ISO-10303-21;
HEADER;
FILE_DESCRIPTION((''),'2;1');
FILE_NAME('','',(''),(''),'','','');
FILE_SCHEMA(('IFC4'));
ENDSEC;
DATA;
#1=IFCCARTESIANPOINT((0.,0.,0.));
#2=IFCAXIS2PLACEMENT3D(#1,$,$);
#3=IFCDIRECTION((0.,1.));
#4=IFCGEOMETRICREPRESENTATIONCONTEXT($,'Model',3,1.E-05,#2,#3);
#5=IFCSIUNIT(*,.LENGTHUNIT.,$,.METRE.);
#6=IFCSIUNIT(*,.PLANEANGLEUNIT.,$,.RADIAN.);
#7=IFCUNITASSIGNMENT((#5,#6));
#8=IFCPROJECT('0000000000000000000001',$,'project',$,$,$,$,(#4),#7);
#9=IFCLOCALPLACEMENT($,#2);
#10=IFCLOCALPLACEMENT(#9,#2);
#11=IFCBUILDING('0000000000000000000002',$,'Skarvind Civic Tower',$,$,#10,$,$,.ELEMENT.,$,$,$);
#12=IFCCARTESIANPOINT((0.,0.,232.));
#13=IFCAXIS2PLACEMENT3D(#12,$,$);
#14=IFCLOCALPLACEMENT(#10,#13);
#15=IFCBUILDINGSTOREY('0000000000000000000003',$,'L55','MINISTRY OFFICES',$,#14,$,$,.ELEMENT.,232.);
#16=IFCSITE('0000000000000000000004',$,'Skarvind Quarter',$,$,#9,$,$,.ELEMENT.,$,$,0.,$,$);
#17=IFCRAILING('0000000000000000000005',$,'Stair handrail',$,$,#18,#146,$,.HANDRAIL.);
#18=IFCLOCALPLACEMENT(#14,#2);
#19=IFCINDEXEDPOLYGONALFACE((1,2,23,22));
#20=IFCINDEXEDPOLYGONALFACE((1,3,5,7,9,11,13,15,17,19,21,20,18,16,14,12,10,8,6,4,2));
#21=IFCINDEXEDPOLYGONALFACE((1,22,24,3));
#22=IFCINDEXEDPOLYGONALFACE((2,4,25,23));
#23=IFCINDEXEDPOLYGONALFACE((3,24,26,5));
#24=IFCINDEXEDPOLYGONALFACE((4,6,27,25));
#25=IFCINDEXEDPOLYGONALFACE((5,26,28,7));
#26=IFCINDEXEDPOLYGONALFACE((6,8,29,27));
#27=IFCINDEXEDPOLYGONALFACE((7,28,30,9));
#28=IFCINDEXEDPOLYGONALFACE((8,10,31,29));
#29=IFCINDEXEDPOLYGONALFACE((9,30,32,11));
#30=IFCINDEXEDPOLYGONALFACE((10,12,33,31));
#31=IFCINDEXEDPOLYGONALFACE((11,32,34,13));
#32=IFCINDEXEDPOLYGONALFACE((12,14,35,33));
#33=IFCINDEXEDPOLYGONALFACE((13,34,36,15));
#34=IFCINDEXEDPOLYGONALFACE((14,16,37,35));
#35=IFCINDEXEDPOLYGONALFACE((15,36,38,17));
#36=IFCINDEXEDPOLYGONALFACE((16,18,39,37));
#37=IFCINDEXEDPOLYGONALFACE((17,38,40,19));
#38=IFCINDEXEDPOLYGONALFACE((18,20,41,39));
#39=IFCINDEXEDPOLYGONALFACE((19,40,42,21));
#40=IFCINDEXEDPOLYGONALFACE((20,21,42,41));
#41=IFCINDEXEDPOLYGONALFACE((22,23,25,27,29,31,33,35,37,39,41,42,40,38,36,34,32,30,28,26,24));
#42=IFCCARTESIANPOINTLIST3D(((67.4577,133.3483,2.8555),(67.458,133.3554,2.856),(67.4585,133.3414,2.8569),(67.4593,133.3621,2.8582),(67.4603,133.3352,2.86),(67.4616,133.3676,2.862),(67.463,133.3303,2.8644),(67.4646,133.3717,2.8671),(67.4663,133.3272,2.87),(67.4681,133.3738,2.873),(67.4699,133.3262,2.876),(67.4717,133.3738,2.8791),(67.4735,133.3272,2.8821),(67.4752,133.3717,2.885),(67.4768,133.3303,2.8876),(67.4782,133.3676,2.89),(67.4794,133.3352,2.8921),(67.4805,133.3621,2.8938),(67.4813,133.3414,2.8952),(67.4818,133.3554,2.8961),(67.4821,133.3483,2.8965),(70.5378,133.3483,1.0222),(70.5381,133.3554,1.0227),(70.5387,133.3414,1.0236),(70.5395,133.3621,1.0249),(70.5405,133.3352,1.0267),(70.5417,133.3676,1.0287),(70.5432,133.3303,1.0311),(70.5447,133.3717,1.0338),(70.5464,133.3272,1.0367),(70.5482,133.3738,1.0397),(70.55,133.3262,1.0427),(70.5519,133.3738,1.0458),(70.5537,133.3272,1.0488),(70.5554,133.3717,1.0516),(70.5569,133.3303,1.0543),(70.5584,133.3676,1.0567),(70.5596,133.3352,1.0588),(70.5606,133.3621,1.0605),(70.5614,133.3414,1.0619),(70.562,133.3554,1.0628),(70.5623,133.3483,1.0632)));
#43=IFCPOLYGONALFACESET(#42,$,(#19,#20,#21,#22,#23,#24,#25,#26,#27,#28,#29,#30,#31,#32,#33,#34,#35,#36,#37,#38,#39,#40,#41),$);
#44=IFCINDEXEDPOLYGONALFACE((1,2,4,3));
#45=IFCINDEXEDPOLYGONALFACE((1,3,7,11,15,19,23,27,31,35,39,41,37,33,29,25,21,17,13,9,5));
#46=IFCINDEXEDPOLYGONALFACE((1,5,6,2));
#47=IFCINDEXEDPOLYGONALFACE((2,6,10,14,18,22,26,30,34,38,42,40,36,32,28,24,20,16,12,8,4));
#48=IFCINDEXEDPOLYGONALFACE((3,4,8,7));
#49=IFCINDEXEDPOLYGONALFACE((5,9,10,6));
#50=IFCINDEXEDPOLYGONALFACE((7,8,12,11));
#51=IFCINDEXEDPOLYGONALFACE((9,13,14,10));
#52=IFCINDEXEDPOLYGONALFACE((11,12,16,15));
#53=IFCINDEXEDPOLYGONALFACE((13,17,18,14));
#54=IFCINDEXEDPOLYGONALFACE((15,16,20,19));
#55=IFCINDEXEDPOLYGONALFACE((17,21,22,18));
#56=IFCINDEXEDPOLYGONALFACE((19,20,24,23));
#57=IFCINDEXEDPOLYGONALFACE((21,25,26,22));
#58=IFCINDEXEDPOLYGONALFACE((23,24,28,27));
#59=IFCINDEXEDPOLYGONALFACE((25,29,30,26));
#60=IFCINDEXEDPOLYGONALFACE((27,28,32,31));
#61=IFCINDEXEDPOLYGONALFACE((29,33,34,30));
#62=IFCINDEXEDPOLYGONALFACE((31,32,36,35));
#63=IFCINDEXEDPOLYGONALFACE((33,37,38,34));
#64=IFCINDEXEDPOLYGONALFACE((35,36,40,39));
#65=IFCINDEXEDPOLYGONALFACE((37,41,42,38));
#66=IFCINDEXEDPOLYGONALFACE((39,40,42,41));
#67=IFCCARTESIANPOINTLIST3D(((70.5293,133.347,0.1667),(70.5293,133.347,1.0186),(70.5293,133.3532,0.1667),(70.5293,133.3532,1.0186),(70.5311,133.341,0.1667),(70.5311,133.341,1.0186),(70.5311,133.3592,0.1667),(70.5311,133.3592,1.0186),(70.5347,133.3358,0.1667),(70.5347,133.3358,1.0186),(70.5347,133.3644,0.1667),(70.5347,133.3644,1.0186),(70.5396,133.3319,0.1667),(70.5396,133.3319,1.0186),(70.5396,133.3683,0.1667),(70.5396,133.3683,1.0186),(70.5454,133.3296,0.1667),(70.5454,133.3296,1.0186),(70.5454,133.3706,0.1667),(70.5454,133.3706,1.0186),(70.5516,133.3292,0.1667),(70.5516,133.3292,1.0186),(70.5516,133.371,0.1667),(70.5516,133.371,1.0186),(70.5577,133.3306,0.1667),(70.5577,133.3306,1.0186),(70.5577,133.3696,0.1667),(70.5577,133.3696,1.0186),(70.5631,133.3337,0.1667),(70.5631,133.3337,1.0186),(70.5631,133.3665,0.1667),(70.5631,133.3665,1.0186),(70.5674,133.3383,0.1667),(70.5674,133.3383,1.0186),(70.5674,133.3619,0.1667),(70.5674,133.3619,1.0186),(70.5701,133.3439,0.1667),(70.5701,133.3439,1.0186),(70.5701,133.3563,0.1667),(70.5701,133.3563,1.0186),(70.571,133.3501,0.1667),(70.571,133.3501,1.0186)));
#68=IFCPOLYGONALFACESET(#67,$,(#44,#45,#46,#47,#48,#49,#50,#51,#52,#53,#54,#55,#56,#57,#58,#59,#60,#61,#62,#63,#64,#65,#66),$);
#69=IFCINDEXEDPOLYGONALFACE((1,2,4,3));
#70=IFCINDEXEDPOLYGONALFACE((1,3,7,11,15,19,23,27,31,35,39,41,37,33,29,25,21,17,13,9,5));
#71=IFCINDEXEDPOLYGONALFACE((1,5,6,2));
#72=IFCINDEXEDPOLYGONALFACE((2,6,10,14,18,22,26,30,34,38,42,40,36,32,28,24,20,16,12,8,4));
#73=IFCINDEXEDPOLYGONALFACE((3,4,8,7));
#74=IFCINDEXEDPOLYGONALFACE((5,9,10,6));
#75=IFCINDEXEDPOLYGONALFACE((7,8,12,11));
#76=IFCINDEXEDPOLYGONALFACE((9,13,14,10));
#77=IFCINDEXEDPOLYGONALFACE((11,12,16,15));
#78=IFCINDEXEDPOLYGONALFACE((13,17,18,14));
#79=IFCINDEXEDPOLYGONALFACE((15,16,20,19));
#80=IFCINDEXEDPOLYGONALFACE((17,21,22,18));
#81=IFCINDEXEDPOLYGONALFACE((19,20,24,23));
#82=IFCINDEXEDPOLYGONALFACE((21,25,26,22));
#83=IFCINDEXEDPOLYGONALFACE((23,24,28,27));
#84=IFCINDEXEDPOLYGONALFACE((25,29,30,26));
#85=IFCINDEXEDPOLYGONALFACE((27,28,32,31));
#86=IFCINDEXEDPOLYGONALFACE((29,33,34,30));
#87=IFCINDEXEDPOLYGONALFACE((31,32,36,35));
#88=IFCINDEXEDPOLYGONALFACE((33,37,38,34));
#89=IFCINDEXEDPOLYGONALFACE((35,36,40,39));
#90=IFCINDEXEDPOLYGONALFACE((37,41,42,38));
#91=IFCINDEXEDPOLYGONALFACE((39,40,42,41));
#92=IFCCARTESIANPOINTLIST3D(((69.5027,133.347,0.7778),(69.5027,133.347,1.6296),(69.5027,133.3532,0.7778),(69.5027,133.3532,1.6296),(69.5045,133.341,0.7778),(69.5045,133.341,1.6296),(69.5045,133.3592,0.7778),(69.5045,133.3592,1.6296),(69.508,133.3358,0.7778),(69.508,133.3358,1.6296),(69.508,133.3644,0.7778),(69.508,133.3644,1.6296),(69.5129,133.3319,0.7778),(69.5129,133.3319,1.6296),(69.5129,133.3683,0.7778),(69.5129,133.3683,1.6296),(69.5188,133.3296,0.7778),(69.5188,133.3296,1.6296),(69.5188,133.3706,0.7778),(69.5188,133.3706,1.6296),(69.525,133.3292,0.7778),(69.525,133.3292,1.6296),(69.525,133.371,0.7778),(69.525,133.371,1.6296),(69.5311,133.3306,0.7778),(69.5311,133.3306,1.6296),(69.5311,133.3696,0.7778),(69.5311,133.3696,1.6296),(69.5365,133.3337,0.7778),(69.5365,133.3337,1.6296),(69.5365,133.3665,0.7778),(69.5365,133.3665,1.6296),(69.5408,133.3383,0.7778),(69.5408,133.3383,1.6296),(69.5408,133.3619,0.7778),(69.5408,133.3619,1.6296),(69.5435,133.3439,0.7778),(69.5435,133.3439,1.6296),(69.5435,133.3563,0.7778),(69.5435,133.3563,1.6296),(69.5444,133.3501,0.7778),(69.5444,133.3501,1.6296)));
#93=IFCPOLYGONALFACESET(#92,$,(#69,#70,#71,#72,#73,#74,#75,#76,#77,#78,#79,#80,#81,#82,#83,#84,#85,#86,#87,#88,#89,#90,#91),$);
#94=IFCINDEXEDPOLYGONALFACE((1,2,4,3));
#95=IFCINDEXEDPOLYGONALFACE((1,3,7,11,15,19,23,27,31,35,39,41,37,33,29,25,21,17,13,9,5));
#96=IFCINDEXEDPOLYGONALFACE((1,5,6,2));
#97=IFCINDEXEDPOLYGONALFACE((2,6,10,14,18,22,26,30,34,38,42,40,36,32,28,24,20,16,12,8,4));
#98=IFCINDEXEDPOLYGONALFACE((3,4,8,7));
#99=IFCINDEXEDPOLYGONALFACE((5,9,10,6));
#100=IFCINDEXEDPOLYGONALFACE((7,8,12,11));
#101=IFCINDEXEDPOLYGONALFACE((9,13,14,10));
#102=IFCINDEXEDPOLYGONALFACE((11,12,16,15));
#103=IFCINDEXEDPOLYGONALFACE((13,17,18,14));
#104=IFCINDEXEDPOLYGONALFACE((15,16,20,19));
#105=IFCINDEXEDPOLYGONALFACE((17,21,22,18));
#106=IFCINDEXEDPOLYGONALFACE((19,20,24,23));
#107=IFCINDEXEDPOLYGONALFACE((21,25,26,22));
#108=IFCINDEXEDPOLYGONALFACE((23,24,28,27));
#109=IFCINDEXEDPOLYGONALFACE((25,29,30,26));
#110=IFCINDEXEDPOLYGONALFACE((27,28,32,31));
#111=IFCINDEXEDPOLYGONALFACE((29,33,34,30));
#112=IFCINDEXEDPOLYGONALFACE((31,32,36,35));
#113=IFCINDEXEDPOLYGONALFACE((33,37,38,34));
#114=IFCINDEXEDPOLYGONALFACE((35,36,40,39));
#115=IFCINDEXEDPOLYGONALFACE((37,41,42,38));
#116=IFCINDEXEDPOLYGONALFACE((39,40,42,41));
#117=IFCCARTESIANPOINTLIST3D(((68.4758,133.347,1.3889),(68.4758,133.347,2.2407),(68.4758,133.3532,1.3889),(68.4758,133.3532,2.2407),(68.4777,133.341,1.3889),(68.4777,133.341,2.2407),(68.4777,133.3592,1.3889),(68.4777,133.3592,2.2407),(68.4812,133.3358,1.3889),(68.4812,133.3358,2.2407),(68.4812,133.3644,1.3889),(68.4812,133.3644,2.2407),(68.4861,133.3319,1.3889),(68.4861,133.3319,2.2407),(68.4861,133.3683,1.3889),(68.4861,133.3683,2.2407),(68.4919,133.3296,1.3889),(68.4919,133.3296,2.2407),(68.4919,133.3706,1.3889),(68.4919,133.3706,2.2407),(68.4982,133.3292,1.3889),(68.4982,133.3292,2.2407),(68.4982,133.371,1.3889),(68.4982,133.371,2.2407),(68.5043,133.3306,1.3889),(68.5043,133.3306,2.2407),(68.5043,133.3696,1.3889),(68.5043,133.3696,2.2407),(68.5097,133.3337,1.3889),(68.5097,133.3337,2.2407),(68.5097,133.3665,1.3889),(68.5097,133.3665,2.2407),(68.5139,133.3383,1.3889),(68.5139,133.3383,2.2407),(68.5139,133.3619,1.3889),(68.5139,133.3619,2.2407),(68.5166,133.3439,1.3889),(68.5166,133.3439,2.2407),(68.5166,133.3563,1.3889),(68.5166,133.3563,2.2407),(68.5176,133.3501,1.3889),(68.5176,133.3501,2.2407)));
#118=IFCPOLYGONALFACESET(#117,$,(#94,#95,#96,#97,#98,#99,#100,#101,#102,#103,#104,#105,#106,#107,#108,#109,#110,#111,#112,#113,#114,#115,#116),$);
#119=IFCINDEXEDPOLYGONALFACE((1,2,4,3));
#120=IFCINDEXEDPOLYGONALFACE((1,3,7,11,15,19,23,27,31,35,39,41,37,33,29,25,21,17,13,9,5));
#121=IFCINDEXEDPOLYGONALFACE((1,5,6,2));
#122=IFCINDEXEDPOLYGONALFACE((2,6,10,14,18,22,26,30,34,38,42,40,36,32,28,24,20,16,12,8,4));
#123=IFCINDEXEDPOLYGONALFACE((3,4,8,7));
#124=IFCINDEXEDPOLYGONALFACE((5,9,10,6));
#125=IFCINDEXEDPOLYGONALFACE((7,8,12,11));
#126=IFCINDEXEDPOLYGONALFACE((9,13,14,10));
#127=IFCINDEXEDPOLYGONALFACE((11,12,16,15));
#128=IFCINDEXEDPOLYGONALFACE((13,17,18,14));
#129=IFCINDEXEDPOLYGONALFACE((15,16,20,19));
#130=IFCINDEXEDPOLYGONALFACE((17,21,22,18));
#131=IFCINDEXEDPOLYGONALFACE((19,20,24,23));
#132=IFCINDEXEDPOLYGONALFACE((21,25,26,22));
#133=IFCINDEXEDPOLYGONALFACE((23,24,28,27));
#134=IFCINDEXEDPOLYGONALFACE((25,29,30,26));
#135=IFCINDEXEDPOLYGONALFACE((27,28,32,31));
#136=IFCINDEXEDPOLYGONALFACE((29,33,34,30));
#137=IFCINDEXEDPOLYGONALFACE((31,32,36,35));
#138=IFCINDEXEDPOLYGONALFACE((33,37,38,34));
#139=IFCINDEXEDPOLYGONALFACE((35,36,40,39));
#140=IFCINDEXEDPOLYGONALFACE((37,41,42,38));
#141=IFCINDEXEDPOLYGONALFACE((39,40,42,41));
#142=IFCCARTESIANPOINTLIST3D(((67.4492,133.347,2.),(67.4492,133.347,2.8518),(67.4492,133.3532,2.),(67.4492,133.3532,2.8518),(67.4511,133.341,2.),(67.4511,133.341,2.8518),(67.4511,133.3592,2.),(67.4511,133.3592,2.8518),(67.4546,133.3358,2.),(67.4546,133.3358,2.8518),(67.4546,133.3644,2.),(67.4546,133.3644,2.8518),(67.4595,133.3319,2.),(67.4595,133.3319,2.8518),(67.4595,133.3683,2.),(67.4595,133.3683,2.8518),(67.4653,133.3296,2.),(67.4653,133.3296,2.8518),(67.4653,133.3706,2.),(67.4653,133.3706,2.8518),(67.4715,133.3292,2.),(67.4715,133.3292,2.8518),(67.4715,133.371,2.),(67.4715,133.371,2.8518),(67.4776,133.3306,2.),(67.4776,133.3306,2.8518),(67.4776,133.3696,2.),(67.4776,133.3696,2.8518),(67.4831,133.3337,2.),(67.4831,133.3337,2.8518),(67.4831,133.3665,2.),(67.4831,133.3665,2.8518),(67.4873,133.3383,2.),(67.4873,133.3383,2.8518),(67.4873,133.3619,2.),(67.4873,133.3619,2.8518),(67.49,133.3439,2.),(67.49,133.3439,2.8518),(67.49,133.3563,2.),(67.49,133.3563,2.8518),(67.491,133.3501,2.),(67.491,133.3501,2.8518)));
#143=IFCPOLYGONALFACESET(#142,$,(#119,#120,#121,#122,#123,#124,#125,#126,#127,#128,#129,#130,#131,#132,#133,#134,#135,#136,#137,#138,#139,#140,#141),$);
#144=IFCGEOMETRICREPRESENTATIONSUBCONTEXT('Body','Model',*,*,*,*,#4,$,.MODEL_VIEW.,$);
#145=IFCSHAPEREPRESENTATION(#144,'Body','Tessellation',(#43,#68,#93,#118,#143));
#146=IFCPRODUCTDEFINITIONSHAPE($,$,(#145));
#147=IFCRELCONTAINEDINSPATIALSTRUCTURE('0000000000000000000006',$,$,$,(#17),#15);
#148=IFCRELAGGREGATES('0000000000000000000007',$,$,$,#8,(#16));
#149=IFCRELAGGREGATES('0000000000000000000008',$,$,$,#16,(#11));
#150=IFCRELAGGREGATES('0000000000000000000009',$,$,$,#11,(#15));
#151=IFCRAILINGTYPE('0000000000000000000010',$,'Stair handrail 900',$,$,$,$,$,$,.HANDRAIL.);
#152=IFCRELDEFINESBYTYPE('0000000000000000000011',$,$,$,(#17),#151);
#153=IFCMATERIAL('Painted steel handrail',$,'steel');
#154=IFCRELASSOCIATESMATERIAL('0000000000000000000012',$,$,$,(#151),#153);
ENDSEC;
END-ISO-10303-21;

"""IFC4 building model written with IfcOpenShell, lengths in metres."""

from ifc_helpers import new_model, si_unit, direction, frame, origin, origin_2d, place, context, subcontext, project, spatial, circle, extrude, material, type_object, element, save


model = new_model("IFC4")

# Units and contexts
model_context = context("Model", 3, precision=1e-05, world=origin(), true_north=direction((0.0, 1.0)))
body_context = subcontext(model_context, "Body", "Model", "MODEL_VIEW")
ifc_project = project(units=[si_unit("LENGTHUNIT", "METRE"), si_unit("PLANEANGLEUNIT", "RADIAN")], contexts=[model_context])

# Site, building, storey
site_placement = place(None, origin())
site = spatial("IfcSite", under=ifc_project, at=site_placement, Name="Skarvind Quarter", CompositionType="ELEMENT", RefElevation=0.0)
building_placement = place(site_placement, origin())
building = spatial("IfcBuilding", under=site, at=building_placement, Name="Skarvind Civic Tower", CompositionType="ELEMENT")
storey_placement = place(building_placement, frame((0.0, 0.0, 232.0)))
storey = spatial("IfcBuildingStorey", under=building, at=storey_placement, Name="L55", Description="MINISTRY OFFICES", CompositionType="ELEMENT", Elevation=232.0)

# Railing
ifc_material_1 = material(Name="Painted steel handrail", Category="steel")
railing_type = type_object("IfcRailingType", Name="Stair handrail 900", PredefinedType="HANDRAIL", material=ifc_material_1)
railing_1_placement = place(storey_placement, frame((70.55, 133.3501, 0.1667)))
element("IfcRailing", 1, at=railing_1_placement, inside=storey, type_object=railing_type, Name="Stair handrail", PredefinedType="HANDRAIL", context=body_context, shape_type="SweptSolid", body=[
    extrude(circle(Radius=0.0239, at=origin_2d()), frame((0.0, 0.0, 0.876), z_axis=(-0.859309, 0.0, 0.511458), x_axis=(0.0, -1.0, 0.0)), (0.0, 0.0, 1.0), 3.5845),
    extrude(circle(Radius=0.021, at=origin_2d()), origin(), (0.0, 0.0, 1.0), 0.8518),
    extrude(circle(Radius=0.021, at=origin_2d()), frame((-1.0266, 0.0, 0.6111)), (0.0, 0.0, 1.0), 0.8518),
    extrude(circle(Radius=0.021, at=origin_2d()), frame((-2.0535, 0.0, 1.2222)), (0.0, 0.0, 1.0), 0.8518),
    extrude(circle(Radius=0.021, at=origin_2d()), frame((-3.0801, 0.0, 1.8333)), (0.0, 0.0, 1.0), 0.8518),
])

save(model, "model.ifc")
